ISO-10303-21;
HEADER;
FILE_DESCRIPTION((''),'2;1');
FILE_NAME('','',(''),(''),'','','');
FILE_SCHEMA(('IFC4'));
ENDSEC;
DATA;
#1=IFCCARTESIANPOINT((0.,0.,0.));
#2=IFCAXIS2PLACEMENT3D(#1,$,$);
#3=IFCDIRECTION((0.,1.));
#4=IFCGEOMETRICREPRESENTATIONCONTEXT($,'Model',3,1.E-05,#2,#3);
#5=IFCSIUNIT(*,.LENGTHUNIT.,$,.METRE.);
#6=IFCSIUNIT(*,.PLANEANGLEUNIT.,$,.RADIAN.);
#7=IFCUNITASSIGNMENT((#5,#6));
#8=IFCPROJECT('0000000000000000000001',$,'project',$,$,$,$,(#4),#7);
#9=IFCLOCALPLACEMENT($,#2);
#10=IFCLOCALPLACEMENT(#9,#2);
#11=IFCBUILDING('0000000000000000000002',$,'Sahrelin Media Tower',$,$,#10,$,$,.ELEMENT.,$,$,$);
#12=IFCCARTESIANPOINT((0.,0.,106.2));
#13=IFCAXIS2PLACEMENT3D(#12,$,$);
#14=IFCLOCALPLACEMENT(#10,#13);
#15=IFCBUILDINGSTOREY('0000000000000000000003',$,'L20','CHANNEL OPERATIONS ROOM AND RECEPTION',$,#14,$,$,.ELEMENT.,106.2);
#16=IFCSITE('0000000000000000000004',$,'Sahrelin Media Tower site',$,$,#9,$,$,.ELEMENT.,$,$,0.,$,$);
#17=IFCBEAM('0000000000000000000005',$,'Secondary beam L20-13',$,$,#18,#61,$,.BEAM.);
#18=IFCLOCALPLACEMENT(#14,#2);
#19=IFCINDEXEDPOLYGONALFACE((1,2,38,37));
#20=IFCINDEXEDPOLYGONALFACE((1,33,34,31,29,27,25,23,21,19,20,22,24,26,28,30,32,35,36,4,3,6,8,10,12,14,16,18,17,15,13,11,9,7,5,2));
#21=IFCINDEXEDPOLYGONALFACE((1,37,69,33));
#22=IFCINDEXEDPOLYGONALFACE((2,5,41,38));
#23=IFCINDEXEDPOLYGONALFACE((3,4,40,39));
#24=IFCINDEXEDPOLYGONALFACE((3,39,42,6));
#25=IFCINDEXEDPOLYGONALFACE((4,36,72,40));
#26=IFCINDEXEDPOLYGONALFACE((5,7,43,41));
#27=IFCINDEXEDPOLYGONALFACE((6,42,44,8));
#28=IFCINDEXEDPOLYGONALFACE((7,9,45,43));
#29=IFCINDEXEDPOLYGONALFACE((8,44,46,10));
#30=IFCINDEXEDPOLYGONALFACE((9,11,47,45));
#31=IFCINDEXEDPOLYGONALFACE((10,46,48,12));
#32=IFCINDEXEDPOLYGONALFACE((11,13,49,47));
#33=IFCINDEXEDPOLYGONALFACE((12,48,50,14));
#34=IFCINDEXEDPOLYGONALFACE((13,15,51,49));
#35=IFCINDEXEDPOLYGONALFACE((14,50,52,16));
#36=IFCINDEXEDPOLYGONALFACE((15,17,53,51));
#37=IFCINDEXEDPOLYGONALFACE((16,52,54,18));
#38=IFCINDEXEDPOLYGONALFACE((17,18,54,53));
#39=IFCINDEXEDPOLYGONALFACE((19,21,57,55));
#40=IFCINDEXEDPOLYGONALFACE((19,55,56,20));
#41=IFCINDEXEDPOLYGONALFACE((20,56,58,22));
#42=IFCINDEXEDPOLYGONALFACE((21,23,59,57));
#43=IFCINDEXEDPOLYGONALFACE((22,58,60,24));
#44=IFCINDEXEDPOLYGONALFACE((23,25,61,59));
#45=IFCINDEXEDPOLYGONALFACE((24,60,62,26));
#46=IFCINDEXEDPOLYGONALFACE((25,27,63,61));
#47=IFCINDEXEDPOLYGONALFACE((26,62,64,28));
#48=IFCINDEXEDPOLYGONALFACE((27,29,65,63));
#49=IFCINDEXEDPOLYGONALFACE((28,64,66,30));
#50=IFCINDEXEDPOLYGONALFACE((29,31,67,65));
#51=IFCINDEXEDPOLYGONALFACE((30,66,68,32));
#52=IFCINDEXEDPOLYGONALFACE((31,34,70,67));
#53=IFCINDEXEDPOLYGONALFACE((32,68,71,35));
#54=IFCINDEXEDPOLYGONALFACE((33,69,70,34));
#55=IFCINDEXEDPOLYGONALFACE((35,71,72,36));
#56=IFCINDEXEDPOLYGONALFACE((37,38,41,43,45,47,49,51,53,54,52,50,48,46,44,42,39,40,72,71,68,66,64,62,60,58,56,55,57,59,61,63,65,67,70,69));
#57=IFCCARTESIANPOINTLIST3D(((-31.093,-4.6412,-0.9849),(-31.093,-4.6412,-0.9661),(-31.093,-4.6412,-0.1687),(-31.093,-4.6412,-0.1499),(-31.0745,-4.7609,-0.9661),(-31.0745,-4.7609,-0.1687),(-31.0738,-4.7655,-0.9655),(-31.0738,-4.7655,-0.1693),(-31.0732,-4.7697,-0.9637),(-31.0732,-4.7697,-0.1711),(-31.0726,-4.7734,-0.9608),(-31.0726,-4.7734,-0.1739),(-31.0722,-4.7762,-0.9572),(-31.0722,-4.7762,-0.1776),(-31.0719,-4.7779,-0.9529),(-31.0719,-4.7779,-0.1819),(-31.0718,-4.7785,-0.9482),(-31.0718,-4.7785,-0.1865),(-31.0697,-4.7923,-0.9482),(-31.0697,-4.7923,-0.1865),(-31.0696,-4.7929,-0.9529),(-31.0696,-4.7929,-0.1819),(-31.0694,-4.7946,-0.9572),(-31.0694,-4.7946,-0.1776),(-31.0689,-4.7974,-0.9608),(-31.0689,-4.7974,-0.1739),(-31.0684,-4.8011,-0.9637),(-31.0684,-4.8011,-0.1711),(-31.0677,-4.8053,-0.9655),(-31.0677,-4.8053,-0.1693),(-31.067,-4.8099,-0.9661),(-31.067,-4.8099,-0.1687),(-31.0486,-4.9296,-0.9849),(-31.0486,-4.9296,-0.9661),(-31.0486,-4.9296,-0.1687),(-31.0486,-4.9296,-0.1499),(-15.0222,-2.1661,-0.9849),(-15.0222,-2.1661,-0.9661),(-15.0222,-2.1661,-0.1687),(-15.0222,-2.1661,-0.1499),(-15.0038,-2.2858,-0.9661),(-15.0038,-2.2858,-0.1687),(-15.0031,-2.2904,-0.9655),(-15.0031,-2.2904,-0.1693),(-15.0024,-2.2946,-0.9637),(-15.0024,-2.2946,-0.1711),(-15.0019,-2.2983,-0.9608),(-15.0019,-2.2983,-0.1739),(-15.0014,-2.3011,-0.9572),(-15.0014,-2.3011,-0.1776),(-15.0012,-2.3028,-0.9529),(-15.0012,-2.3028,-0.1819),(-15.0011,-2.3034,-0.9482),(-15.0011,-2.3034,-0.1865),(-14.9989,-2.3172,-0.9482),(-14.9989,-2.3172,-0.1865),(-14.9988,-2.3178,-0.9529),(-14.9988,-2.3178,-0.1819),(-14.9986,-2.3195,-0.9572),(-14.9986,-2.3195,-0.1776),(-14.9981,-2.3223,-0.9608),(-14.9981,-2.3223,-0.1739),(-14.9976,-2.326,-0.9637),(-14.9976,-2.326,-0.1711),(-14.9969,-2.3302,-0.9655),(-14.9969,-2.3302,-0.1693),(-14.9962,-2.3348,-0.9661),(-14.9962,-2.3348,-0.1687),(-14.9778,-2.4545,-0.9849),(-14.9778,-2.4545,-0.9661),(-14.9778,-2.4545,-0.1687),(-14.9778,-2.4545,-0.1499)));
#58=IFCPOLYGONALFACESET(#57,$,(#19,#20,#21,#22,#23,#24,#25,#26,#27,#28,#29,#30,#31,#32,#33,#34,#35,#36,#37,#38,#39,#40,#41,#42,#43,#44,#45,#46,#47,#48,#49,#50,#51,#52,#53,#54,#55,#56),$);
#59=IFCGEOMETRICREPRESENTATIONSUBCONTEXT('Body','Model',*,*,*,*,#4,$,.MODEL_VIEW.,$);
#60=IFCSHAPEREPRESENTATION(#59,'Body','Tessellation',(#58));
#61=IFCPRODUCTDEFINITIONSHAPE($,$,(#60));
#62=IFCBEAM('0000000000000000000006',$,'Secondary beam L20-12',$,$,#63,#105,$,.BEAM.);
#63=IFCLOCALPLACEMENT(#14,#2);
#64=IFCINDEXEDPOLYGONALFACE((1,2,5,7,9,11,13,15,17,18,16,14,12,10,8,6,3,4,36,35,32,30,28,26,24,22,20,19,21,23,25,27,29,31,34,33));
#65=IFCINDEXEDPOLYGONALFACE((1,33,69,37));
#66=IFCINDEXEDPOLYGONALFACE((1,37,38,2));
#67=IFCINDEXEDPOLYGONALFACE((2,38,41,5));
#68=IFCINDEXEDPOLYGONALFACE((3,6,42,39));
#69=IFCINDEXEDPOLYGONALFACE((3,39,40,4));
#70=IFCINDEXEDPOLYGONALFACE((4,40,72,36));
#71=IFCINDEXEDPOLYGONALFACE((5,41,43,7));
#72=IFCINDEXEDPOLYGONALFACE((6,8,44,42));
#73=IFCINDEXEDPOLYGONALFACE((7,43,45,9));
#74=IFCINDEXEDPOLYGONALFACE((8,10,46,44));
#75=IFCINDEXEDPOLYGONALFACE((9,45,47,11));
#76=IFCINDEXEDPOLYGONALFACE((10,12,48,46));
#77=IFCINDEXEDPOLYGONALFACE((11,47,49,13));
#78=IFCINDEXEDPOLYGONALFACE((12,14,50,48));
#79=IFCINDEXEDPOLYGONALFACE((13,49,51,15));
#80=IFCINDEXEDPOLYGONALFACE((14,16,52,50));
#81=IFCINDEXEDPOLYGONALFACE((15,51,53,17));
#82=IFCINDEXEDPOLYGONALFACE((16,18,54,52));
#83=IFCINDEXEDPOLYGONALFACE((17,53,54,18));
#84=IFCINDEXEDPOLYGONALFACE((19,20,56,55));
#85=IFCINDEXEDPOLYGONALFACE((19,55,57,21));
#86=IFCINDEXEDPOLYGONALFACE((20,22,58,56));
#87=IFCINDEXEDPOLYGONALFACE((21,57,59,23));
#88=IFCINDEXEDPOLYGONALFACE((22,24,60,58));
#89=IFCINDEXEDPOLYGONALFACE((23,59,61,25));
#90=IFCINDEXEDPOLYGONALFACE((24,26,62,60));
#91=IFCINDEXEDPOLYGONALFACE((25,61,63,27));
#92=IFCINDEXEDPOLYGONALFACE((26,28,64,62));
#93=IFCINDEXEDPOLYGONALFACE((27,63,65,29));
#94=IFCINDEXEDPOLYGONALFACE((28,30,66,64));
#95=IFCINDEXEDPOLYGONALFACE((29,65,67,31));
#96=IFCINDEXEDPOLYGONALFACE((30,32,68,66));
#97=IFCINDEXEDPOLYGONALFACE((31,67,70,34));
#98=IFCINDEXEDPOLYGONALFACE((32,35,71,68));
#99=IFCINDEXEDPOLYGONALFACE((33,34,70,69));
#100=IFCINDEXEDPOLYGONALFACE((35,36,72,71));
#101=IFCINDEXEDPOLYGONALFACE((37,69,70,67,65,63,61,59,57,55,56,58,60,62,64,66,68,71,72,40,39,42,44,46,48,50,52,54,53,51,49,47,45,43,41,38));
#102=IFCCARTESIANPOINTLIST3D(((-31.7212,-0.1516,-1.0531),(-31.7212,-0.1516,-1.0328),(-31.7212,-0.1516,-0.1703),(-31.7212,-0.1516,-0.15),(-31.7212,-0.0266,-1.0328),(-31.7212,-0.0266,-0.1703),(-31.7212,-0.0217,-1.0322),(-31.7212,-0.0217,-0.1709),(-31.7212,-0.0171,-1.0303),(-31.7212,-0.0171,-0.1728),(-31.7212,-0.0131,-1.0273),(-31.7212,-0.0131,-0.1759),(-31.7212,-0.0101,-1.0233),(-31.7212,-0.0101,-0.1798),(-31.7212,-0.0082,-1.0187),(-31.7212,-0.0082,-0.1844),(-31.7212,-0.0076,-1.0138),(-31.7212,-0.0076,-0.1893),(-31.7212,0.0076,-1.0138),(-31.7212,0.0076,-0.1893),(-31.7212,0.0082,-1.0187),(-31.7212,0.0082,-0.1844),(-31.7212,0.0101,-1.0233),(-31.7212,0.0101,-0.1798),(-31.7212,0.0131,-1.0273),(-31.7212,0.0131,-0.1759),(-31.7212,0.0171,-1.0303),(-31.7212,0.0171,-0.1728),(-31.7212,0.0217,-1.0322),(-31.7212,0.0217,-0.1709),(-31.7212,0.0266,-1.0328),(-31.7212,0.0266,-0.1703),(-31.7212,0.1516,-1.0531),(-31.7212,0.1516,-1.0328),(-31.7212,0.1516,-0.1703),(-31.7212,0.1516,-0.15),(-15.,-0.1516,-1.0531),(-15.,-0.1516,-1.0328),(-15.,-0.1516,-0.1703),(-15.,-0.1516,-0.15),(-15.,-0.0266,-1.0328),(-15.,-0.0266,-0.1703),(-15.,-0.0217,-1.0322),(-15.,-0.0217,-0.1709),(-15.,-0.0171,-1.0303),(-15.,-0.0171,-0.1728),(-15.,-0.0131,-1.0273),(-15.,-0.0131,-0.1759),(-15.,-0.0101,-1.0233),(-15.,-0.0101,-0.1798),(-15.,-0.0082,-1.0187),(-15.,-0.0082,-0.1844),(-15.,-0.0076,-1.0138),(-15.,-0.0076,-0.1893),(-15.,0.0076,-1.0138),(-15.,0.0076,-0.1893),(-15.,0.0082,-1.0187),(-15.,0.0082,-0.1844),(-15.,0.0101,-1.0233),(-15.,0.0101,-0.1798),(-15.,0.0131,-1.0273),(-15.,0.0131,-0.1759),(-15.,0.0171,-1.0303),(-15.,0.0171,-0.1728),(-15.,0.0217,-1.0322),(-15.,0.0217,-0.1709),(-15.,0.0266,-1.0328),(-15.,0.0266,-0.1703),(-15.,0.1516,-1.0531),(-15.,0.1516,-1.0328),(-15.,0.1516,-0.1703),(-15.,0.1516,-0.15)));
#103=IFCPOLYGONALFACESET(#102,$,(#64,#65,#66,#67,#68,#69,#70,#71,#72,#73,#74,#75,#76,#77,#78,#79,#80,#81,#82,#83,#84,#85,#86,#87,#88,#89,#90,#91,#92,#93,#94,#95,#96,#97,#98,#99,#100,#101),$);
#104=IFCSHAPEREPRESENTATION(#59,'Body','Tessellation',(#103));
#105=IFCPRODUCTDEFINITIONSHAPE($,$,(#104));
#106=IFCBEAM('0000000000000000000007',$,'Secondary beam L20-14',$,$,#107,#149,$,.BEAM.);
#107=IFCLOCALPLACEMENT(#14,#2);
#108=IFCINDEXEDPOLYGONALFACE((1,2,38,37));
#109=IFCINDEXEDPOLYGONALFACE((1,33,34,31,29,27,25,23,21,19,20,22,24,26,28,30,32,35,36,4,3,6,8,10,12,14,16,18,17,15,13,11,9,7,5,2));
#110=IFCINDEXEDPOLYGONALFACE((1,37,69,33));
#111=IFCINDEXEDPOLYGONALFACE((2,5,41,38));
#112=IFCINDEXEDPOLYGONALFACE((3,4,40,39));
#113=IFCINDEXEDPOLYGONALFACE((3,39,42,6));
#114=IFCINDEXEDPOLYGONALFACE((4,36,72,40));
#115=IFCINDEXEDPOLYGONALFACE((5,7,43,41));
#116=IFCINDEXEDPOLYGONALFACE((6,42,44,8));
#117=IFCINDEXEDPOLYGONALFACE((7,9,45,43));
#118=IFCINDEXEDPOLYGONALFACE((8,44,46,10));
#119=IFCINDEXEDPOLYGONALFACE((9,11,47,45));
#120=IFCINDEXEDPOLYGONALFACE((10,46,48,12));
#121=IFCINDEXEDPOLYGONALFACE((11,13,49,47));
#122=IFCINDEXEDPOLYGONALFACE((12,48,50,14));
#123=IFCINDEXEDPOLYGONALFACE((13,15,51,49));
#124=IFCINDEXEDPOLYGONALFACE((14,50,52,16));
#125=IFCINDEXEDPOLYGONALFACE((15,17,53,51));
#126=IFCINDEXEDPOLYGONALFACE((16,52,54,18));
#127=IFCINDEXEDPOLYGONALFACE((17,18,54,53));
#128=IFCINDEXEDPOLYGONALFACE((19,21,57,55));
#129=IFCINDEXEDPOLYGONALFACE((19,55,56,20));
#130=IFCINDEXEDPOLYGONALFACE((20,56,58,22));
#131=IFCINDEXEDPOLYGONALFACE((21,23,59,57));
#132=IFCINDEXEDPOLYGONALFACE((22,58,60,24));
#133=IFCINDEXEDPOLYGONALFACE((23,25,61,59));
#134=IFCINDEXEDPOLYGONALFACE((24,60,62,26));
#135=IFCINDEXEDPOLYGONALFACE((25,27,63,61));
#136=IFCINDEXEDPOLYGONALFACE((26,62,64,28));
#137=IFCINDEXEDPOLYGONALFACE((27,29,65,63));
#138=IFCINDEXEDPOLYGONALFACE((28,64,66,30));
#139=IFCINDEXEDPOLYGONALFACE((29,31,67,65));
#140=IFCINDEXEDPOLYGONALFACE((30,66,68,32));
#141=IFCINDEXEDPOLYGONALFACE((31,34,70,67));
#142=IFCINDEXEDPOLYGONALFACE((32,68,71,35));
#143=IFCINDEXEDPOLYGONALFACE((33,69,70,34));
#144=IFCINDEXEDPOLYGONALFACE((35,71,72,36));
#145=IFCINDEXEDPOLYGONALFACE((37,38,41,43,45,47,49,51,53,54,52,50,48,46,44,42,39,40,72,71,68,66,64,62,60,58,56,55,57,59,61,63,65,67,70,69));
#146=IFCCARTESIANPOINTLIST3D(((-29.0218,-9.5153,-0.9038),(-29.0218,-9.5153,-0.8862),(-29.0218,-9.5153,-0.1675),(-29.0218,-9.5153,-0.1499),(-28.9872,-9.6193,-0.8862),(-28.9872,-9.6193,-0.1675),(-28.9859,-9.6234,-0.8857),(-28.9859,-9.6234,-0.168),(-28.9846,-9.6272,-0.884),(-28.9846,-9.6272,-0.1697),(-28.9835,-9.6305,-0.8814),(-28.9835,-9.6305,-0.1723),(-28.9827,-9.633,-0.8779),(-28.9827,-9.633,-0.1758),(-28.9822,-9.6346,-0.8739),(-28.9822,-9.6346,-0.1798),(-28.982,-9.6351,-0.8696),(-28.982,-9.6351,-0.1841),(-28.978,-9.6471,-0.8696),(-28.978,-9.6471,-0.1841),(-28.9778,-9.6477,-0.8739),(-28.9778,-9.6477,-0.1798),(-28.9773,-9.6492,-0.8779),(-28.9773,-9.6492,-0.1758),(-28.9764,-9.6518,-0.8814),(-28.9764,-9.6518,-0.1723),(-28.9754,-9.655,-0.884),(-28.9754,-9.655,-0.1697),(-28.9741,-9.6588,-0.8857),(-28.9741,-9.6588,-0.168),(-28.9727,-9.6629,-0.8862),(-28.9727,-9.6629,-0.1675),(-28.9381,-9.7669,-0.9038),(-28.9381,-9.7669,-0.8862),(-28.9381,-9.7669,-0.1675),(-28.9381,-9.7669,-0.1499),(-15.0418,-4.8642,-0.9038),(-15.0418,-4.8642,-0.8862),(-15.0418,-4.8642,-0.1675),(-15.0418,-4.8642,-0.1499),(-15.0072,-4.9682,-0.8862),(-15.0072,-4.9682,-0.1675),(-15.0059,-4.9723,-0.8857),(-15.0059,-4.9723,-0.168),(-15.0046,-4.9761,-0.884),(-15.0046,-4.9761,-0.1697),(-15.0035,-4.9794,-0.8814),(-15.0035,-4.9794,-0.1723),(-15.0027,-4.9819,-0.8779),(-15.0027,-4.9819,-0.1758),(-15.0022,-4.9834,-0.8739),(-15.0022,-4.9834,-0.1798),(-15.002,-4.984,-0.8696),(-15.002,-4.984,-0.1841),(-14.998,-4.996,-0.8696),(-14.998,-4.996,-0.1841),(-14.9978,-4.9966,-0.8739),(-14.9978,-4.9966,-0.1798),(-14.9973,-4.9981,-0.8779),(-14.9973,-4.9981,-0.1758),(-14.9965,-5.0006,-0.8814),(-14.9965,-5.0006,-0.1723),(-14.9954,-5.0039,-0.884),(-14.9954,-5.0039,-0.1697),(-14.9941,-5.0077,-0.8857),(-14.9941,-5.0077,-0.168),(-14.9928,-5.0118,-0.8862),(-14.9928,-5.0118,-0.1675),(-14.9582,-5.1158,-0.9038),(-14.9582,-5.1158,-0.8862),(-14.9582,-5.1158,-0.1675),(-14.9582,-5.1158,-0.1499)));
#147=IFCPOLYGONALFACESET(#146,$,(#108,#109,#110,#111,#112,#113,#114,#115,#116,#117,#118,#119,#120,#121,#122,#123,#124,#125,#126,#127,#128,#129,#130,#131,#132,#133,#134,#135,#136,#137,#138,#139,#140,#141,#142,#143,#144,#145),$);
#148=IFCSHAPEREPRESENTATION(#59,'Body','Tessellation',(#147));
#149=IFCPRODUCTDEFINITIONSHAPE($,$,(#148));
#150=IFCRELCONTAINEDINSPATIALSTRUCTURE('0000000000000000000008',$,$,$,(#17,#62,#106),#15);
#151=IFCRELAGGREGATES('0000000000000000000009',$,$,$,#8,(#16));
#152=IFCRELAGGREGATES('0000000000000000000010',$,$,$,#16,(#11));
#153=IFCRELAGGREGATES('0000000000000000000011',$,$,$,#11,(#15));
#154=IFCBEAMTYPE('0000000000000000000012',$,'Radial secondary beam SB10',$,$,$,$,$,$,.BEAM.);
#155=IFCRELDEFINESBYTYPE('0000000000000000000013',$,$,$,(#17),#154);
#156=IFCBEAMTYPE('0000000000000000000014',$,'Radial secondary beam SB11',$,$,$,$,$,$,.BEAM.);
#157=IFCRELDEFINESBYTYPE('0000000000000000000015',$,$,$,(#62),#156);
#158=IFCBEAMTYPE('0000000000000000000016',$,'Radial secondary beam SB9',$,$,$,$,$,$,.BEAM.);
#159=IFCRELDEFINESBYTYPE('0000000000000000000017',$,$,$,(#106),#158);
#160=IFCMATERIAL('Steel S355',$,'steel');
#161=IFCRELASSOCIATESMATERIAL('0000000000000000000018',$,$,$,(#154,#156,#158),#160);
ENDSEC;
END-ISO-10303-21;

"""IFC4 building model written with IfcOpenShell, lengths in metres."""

from ifc_helpers import new_model, si_unit, direction, frame, origin, origin_2d, place, context, subcontext, project, spatial, i_section, extrude, material, material_profile, profile_set, type_object, element, save


model = new_model("IFC4")

# Units and contexts
model_context = context("Model", 3, precision=1e-05, world=origin(), true_north=direction((0.0, 1.0)))
body_context = subcontext(model_context, "Body", "Model", "MODEL_VIEW")
ifc_project = project(units=[si_unit("LENGTHUNIT", "METRE"), si_unit("PLANEANGLEUNIT", "RADIAN")], contexts=[model_context])

# Site, building, storey
site_placement = place(None, origin())
site = spatial("IfcSite", under=ifc_project, at=site_placement, Name="Sahrelin Media Tower site", CompositionType="ELEMENT", RefElevation=0.0)
building_placement = place(site_placement, origin())
building = spatial("IfcBuilding", under=site, at=building_placement, Name="Sahrelin Media Tower", CompositionType="ELEMENT")
storey_placement = place(building_placement, frame((0.0, 0.0, 106.2)))
storey = spatial("IfcBuildingStorey", under=building, at=storey_placement, Name="L20", Description="CHANNEL OPERATIONS ROOM AND RECEPTION", CompositionType="ELEMENT", Elevation=106.2)

# Beams
ifc_material_1 = material(Name="Steel S355", Category="steel")
ifc_material_profile_1 = material_profile(ifc_material_1, i_section(OverallWidth=0.2917, OverallDepth=0.835, WebThickness=0.0139, FlangeThickness=0.0188, FilletRadius=0.0178, at=origin_2d()), Name="UB 838x292x176")
ifc_profile_set_1 = profile_set([ifc_material_profile_1], Name="Steel S355")
beam_type_1 = type_object("IfcBeamType", Name="Radial secondary beam SB10", PredefinedType="BEAM", material=ifc_profile_set_1)
beam_1_placement = place(storey_placement, frame((-15.0, -2.3103, -0.5674), z_axis=(-0.988347, -0.152217, 0.0), x_axis=(0.152217, -0.988347, 0.0)))
element("IfcBeam", 1, at=beam_1_placement, inside=storey, type_object=beam_type_1, Name="Secondary beam L20-13", PredefinedType="BEAM", context=body_context, shape_type="SweptSolid", body=[
    extrude(i_section(OverallWidth=0.2917, OverallDepth=0.835, WebThickness=0.0139, FlangeThickness=0.0188, FilletRadius=0.0178, at=origin_2d()), origin(), (0.0, 0.0, 1.0), 16.2603),
])
ifc_material_profile_2 = material_profile(ifc_material_1, i_section(OverallWidth=0.3032, OverallDepth=0.9031, WebThickness=0.0151, FlangeThickness=0.0203, FilletRadius=0.019, at=origin_2d()), Name="UB 914x305x201")
ifc_profile_set_2 = profile_set([ifc_material_profile_2], Name="Steel S355")
beam_type_2 = type_object("IfcBeamType", Name="Radial secondary beam SB11", PredefinedType="BEAM", material=ifc_profile_set_2)
beam_2_placement = place(storey_placement, frame((-15.0, 0.0, -0.6016), z_axis=(-1.0, 0.0, 0.0), x_axis=(0.0, -1.0, 0.0)))
element("IfcBeam", 2, at=beam_2_placement, inside=storey, type_object=beam_type_2, Name="Secondary beam L20-12", PredefinedType="BEAM", context=body_context, shape_type="SweptSolid", body=[
    extrude(i_section(OverallWidth=0.3032, OverallDepth=0.9031, WebThickness=0.0151, FlangeThickness=0.0203, FilletRadius=0.019, at=origin_2d()), origin(), (0.0, 0.0, 1.0), 16.7212),
])
ifc_material_profile_3 = material_profile(ifc_material_1, i_section(OverallWidth=0.2651, OverallDepth=0.7539, WebThickness=0.0127, FlangeThickness=0.0176, FilletRadius=0.0166, at=origin_2d()), Name="UB 762x267x147")
ifc_profile_set_3 = profile_set([ifc_material_profile_3], Name="Steel S355")
beam_type_3 = type_object("IfcBeamType", Name="Radial secondary beam SB9", PredefinedType="BEAM", material=ifc_profile_set_3)
beam_3_placement = place(storey_placement, frame((-15.0, -4.99, -0.5269), z_axis=(-0.948864, -0.315686, 0.0), x_axis=(0.315686, -0.948864, 0.0)))
element("IfcBeam", 3, at=beam_3_placement, inside=storey, type_object=beam_type_3, Name="Secondary beam L20-14", PredefinedType="BEAM", context=body_context, shape_type="SweptSolid", body=[
    extrude(i_section(OverallWidth=0.2651, OverallDepth=0.7539, WebThickness=0.0127, FlangeThickness=0.0176, FilletRadius=0.0166, at=origin_2d()), origin(), (0.0, 0.0, 1.0), 14.7334),
])

save(model, "model.ifc")
